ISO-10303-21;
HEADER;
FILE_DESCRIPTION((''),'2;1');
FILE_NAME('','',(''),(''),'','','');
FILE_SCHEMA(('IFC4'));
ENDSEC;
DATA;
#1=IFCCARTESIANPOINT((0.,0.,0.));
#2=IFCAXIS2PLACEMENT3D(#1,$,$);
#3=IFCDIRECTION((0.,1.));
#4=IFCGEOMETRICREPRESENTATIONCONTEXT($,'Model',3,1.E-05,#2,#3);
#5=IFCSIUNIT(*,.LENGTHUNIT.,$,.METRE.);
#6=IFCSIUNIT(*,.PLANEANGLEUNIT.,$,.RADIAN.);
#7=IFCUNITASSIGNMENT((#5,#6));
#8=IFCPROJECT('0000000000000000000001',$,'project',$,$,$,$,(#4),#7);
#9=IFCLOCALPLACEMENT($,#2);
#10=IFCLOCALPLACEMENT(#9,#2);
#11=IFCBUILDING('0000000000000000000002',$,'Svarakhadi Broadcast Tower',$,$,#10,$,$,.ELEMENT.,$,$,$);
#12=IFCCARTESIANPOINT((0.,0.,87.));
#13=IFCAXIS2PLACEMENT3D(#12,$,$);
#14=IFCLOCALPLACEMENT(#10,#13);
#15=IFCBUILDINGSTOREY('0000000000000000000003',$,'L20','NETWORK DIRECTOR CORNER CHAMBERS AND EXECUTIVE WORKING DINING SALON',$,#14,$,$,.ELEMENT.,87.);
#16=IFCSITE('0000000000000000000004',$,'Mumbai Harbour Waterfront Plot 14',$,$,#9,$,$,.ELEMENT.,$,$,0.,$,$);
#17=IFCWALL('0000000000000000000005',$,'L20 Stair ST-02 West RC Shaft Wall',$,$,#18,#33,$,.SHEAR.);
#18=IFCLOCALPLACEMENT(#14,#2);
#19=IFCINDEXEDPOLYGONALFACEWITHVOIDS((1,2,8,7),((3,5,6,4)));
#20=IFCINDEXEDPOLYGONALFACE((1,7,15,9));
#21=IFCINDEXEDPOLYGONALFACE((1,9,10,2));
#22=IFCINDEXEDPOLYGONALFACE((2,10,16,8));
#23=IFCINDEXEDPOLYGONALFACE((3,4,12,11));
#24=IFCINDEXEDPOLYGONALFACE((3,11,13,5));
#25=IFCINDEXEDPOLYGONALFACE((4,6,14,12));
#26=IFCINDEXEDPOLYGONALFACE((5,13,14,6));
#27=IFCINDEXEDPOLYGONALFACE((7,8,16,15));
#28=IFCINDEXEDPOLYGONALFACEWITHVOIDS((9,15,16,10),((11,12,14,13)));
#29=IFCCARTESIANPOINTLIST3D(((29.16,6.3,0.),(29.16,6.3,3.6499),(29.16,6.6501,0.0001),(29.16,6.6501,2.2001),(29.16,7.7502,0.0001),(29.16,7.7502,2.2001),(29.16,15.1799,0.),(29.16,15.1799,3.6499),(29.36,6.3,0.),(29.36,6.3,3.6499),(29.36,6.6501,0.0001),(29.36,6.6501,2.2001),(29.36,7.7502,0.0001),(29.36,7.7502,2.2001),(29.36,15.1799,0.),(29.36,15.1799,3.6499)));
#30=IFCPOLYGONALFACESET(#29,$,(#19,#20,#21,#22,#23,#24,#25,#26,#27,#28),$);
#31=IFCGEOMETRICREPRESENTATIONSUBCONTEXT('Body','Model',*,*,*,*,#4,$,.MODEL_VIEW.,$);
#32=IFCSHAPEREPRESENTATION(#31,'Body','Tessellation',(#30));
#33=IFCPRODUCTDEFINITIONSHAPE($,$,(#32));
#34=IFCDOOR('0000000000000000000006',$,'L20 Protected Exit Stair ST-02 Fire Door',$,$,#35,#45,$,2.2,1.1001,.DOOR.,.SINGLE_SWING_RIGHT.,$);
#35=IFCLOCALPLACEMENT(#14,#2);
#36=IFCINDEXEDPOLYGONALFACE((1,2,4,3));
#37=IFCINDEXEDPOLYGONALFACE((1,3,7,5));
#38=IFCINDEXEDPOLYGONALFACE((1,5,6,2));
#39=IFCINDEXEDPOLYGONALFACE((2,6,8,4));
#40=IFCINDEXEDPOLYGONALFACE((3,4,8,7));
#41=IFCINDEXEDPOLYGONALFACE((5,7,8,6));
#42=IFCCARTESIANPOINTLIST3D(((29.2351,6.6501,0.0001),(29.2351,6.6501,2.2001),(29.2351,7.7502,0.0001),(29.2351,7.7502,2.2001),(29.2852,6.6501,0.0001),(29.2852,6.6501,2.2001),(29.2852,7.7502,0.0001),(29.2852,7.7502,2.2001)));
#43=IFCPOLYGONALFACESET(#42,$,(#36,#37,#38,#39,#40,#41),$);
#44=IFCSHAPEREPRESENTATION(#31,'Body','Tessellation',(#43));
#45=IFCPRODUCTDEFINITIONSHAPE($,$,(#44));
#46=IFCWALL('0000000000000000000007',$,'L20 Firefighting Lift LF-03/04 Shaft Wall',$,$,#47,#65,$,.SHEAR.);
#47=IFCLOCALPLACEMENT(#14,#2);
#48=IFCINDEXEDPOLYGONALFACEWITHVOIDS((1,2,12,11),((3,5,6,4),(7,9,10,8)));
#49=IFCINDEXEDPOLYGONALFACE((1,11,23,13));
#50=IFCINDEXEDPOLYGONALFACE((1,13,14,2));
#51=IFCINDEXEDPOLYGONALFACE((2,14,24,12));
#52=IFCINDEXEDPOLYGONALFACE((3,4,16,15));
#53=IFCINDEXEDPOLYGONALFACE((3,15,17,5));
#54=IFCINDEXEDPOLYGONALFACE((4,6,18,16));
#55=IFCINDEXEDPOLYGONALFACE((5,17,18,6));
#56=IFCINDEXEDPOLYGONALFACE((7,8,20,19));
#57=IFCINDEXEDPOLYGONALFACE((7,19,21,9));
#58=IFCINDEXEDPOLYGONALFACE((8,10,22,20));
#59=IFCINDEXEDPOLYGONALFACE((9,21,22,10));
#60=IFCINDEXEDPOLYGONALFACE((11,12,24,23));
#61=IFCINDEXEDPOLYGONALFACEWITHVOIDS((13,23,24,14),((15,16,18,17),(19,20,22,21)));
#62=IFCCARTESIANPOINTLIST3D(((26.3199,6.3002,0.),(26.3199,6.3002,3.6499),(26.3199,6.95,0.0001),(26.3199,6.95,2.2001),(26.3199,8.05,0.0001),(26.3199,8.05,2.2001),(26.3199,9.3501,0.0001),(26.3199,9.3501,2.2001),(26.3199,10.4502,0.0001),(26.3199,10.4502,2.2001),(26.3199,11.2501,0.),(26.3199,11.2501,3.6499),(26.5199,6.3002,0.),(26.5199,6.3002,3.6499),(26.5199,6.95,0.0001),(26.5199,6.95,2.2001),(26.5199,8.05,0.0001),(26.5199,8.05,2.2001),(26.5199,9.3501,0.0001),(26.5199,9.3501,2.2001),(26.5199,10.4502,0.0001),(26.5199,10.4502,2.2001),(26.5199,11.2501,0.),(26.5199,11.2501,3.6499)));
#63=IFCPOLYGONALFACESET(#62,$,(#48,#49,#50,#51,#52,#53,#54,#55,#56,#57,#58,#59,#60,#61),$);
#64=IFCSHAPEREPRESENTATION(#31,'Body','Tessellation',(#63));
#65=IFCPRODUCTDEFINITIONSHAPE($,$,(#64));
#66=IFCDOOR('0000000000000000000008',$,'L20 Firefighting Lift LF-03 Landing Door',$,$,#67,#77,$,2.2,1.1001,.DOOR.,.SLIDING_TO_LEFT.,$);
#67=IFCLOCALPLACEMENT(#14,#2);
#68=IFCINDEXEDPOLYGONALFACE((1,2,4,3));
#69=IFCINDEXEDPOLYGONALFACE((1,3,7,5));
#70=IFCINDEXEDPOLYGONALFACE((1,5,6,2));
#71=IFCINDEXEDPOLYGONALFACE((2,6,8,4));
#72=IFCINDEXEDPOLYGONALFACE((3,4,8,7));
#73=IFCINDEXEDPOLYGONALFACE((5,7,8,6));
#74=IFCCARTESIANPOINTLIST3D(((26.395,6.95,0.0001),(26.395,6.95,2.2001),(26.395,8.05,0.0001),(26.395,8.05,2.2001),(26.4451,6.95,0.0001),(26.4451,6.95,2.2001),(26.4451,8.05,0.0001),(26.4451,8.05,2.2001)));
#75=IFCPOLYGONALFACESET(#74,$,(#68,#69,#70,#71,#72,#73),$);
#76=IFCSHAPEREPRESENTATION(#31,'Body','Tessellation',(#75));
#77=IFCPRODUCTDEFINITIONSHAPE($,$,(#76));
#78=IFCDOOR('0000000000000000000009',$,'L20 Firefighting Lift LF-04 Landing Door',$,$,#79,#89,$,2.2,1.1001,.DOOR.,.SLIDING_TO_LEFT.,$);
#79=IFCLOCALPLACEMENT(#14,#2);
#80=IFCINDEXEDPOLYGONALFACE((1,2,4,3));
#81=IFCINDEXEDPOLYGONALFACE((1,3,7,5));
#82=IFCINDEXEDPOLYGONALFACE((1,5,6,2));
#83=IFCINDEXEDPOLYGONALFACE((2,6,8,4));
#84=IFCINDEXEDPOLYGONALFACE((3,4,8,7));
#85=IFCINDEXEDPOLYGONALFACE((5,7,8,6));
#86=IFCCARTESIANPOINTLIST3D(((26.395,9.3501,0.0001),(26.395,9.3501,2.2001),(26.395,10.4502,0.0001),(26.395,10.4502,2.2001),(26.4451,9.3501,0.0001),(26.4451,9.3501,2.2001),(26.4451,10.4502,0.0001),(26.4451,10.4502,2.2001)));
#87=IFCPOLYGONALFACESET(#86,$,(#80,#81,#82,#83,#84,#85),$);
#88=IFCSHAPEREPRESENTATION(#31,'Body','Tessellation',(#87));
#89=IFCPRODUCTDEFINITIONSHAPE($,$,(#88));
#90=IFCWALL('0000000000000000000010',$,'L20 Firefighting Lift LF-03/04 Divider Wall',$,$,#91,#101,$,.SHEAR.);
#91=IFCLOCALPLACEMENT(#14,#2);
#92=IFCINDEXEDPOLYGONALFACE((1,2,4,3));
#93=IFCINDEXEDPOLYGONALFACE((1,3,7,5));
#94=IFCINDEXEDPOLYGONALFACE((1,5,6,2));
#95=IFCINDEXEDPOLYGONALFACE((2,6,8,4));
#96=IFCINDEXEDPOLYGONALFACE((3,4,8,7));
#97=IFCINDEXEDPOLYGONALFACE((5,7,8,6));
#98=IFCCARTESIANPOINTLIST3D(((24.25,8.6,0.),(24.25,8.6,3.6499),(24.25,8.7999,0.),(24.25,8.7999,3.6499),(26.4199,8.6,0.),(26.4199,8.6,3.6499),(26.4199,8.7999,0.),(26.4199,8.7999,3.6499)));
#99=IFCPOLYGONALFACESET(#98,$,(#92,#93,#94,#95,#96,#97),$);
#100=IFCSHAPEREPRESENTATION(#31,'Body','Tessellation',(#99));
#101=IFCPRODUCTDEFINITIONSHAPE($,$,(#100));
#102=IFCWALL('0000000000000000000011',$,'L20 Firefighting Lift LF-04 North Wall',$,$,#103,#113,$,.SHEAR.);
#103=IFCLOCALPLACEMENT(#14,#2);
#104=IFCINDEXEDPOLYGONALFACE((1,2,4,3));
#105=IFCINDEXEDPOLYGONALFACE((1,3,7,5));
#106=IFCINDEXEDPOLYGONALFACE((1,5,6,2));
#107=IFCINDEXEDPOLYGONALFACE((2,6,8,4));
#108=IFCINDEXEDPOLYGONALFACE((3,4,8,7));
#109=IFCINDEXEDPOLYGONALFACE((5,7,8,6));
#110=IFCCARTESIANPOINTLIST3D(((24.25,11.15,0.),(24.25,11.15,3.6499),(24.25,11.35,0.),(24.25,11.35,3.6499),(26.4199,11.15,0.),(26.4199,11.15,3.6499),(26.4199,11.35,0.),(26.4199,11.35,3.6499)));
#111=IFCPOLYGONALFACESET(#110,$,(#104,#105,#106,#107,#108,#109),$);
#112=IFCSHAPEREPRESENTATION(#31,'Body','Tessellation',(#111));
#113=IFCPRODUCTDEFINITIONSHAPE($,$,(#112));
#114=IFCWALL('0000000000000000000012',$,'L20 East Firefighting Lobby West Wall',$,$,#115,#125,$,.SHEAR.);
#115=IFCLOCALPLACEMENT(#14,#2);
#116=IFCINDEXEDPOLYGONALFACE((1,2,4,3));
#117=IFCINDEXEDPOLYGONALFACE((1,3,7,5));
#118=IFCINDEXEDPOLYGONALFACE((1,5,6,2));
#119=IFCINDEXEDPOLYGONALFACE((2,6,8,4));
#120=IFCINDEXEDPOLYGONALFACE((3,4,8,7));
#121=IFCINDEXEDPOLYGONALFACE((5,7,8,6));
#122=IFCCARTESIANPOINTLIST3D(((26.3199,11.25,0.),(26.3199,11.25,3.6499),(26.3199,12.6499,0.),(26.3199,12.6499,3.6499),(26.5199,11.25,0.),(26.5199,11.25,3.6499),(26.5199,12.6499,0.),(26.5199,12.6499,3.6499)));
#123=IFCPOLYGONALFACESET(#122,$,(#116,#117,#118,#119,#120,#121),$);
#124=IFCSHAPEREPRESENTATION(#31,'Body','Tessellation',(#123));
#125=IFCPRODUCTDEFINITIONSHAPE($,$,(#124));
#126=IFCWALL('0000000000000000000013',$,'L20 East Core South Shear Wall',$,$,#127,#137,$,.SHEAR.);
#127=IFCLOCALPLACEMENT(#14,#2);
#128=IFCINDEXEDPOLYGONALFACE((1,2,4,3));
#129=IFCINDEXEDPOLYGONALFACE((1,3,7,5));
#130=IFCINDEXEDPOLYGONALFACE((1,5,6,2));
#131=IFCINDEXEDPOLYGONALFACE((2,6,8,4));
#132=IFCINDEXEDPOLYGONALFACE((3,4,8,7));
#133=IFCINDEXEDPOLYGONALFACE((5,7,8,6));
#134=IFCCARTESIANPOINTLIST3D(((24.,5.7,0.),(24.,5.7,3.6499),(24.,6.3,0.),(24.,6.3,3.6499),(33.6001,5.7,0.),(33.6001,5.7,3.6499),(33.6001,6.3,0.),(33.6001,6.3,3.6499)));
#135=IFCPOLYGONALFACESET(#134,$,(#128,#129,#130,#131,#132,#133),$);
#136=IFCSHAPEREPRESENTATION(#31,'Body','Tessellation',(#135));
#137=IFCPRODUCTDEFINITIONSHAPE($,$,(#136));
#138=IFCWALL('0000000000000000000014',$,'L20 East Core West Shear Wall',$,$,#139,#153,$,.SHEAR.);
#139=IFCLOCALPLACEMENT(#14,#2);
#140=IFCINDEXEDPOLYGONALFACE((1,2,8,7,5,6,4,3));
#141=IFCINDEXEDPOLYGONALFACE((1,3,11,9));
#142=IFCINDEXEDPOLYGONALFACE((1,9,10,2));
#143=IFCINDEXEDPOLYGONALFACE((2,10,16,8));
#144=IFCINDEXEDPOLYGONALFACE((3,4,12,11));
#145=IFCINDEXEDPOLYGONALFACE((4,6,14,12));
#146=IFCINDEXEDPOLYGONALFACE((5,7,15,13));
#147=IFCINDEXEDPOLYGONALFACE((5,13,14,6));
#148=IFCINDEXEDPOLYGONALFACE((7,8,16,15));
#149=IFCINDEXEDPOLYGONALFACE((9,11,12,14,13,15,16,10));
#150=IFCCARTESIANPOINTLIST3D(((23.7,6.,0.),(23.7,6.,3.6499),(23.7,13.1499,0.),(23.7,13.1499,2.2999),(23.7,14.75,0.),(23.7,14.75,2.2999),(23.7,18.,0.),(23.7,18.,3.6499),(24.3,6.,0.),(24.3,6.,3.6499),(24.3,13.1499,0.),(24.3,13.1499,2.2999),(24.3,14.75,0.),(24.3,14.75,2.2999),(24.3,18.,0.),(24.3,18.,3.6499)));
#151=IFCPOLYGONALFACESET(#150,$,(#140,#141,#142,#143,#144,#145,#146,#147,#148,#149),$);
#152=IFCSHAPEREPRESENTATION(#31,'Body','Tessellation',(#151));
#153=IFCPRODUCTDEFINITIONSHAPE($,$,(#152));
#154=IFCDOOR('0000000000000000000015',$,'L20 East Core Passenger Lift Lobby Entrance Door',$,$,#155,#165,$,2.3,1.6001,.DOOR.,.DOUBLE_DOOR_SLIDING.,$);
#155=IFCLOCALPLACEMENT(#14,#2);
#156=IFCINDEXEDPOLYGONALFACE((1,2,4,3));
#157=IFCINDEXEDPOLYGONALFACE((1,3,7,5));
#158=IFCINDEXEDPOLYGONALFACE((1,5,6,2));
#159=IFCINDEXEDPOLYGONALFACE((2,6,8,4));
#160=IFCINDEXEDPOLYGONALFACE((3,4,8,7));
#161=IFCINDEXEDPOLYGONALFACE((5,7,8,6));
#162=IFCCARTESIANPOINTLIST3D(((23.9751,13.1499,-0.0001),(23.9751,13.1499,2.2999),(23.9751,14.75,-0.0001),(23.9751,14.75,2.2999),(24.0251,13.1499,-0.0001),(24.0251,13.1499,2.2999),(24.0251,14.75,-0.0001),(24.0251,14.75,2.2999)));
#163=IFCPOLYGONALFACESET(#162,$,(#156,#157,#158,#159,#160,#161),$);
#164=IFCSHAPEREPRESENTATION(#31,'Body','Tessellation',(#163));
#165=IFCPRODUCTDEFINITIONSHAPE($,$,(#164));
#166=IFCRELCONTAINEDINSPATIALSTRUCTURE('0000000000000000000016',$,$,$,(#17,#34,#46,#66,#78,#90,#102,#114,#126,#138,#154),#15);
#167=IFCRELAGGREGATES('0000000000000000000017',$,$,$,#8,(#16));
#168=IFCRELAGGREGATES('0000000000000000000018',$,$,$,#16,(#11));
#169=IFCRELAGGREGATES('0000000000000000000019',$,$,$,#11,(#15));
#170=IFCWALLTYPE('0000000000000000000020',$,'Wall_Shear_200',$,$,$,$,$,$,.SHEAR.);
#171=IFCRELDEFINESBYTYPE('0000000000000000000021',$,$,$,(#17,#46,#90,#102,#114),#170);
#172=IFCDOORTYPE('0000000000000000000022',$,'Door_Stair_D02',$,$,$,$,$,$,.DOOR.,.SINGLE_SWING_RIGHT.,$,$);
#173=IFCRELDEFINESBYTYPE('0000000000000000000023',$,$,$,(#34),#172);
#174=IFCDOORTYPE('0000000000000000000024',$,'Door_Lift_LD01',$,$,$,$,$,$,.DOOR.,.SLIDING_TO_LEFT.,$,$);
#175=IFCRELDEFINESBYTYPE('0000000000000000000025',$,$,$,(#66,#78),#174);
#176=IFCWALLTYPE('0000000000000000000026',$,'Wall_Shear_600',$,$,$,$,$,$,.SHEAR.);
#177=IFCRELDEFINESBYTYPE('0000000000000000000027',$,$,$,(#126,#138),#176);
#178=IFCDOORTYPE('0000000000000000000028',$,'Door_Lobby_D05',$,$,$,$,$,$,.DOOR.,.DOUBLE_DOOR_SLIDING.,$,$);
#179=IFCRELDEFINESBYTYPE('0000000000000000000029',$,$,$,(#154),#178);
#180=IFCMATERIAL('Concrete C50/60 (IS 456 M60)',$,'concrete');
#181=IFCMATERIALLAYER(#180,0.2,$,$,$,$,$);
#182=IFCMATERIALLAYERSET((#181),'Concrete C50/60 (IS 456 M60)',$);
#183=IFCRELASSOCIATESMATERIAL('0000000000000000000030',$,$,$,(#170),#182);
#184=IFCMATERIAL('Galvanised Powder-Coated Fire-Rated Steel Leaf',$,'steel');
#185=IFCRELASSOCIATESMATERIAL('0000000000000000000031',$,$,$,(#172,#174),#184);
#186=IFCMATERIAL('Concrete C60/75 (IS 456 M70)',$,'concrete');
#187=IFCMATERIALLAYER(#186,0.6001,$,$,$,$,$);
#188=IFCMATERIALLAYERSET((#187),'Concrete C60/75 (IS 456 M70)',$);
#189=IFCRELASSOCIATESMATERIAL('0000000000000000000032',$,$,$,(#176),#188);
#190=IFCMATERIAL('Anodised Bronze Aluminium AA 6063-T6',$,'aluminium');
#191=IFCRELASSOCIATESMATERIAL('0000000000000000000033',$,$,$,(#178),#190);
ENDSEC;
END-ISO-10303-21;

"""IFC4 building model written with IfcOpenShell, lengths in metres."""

from ifc_helpers import new_model, si_unit, direction, frame, frame_2d, origin, place, context, subcontext, project, spatial, rectangle, extrude, material, layer, layer_set, type_object, element, fill, save


model = new_model("IFC4")

# Units and contexts
model_context = context("Model", 3, precision=1e-05, world=origin(), true_north=direction((0.0, 1.0)))
body_context = subcontext(model_context, "Body", "Model", "MODEL_VIEW")
ifc_project = project(units=[si_unit("LENGTHUNIT", "METRE"), si_unit("PLANEANGLEUNIT", "RADIAN")], contexts=[model_context])

# Site, building, storey
site_placement = place(None, origin())
site = spatial("IfcSite", under=ifc_project, at=site_placement, Name="Mumbai Harbour Waterfront Plot 14", CompositionType="ELEMENT", RefElevation=0.0)
building_placement = place(site_placement, origin())
building = spatial("IfcBuilding", under=site, at=building_placement, Name="Svarakhadi Broadcast Tower", CompositionType="ELEMENT")
storey_placement = place(building_placement, frame((0.0, 0.0, 87.0)))
storey = spatial("IfcBuildingStorey", under=building, at=storey_placement, Name="L20", Description="NETWORK DIRECTOR CORNER CHAMBERS AND EXECUTIVE WORKING DINING SALON", CompositionType="ELEMENT", Elevation=87.0)

# Shared definitions
ifc_material_1 = material(Name="Concrete C60/75 (IS 456 M70)", Category="concrete")

# Wall, opening, door
ifc_material_2 = material(Name="Concrete C50/60 (IS 456 M60)", Category="concrete")
ifc_layer_1 = layer(ifc_material_2, 0.2)
ifc_layer_set_1 = layer_set([ifc_layer_1], Name="Concrete C50/60 (IS 456 M60)")
wall_type_1 = type_object("IfcWallType", Name="Wall_Shear_200", PredefinedType="SHEAR", material=ifc_layer_set_1)
wall_1_placement = place(storey_placement, frame((29.26, 6.3, 0.0), z_axis=(0.0, 0.0, 1.0), x_axis=(0.0, 1.0, 0.0)))
wall_1 = element("IfcWall", 1, at=wall_1_placement, inside=storey, type_object=wall_type_1, Name="L20 Stair ST-02 West RC Shaft Wall", PredefinedType="SHEAR", context=body_context, shape_type="SweptSolid", body=[
    extrude(rectangle(XDim=8.8799, YDim=0.2, at=frame_2d((4.4399, 0.0))), origin(), (0.0, 0.0, 1.0), 3.6499),
])
opening_1_placement = place(wall_1_placement, frame((0.3501, 0.0, 0.0)))
opening_1 = element("IfcOpeningElement", 2, at=opening_1_placement, cuts=wall_1, PredefinedType="OPENING", context=body_context, shape_type="SweptSolid", body=[
    extrude(rectangle(XDim=1.1001, YDim=2.2, at=frame_2d((0.55, 1.1001))), frame((0.0, 0.1099, 0.0), z_axis=(0.0, -1.0, 0.0), x_axis=(1.0, 0.0, 0.0)), (0.0, 0.0, 1.0), 0.22),
])
ifc_material_3 = material(Name="Galvanised Powder-Coated Fire-Rated Steel Leaf", Category="steel")
door_type_1 = type_object("IfcDoorType", Name="Door_Stair_D02", OperationType="SINGLE_SWING_RIGHT", PredefinedType="DOOR", material=ifc_material_3)
door_1_placement = place(opening_1_placement, origin())
door_1 = element("IfcDoor", 3, at=door_1_placement, inside=storey, type_object=door_type_1, Name="L20 Protected Exit Stair ST-02 Fire Door", OperationType="SINGLE_SWING_RIGHT", OverallHeight=2.2, OverallWidth=1.1001, PredefinedType="DOOR", context=body_context, shape_type="SweptSolid", body=[
    extrude(rectangle(XDim=1.1001, YDim=2.2, at=frame_2d((0.55, 1.1001))), frame((0.0, 0.0249, 0.0), z_axis=(0.0, -1.0, 0.0), x_axis=(1.0, 0.0, 0.0)), (0.0, 0.0, 1.0), 0.05),
])
fill(opening_1, door_1)

# Wall, openings, doors
wall_2_placement = place(storey_placement, frame((26.4199, 6.3, 0.0), z_axis=(0.0, 0.0, 1.0), x_axis=(0.0, 1.0, 0.0)))
wall_2 = element("IfcWall", 4, at=wall_2_placement, inside=storey, type_object=wall_type_1, Name="L20 Firefighting Lift LF-03/04 Shaft Wall", PredefinedType="SHEAR", context=body_context, shape_type="SweptSolid", body=[
    extrude(rectangle(XDim=4.95, YDim=0.2, at=frame_2d((2.4751, 0.0))), origin(), (0.0, 0.0, 1.0), 3.6499),
])
opening_2_placement = place(wall_2_placement, frame((0.6499, 0.0, 0.0)))
opening_2 = element("IfcOpeningElement", 5, at=opening_2_placement, cuts=wall_2, PredefinedType="OPENING", context=body_context, shape_type="SweptSolid", body=[
    extrude(rectangle(XDim=1.1001, YDim=2.2, at=frame_2d((0.55, 1.1001))), frame((0.0, 0.1099, 0.0), z_axis=(0.0, -1.0, 0.0), x_axis=(1.0, 0.0, 0.0)), (0.0, 0.0, 1.0), 0.22),
])
opening_3_placement = place(wall_2_placement, frame((3.05, 0.0, 0.0)))
opening_3 = element("IfcOpeningElement", 6, at=opening_3_placement, cuts=wall_2, PredefinedType="OPENING", context=body_context, shape_type="SweptSolid", body=[
    extrude(rectangle(XDim=1.1001, YDim=2.2, at=frame_2d((0.55, 1.1001))), frame((0.0, 0.1099, 0.0), z_axis=(0.0, -1.0, 0.0), x_axis=(1.0, 0.0, 0.0)), (0.0, 0.0, 1.0), 0.22),
])
door_type_2 = type_object("IfcDoorType", Name="Door_Lift_LD01", OperationType="SLIDING_TO_LEFT", PredefinedType="DOOR", material=ifc_material_3)
door_2_placement = place(opening_2_placement, origin())
door_2 = element("IfcDoor", 7, at=door_2_placement, inside=storey, type_object=door_type_2, Name="L20 Firefighting Lift LF-03 Landing Door", OperationType="SLIDING_TO_LEFT", OverallHeight=2.2, OverallWidth=1.1001, PredefinedType="DOOR", context=body_context, shape_type="SweptSolid", body=[
    extrude(rectangle(XDim=1.1001, YDim=2.2, at=frame_2d((0.55, 1.1001))), frame((0.0, 0.0249, 0.0), z_axis=(0.0, -1.0, 0.0), x_axis=(1.0, 0.0, 0.0)), (0.0, 0.0, 1.0), 0.05),
])
fill(opening_2, door_2)
door_3_placement = place(opening_3_placement, origin())
door_3 = element("IfcDoor", 8, at=door_3_placement, inside=storey, type_object=door_type_2, Name="L20 Firefighting Lift LF-04 Landing Door", OperationType="SLIDING_TO_LEFT", OverallHeight=2.2, OverallWidth=1.1001, PredefinedType="DOOR", context=body_context, shape_type="SweptSolid", body=[
    extrude(rectangle(XDim=1.1001, YDim=2.2, at=frame_2d((0.55, 1.1001))), frame((0.0, 0.0249, 0.0), z_axis=(0.0, -1.0, 0.0), x_axis=(1.0, 0.0, 0.0)), (0.0, 0.0, 1.0), 0.05),
])
fill(opening_3, door_3)

# Walls
for number, where, z_axis, x_axis, name in (
    (9, (24.25, 8.7, 0.0), (0.0, 0.0, 1.0), (1.0, 0.0, 0.0), "L20 Firefighting Lift LF-03/04 Divider Wall"),
    (10, (24.25, 11.25, 0.0), (0.0, 0.0, 1.0), (1.0, 0.0, 0.0), "L20 Firefighting Lift LF-04 North Wall"),
):
    element("IfcWall", number, at=place(storey_placement, frame(where, z_axis=z_axis, x_axis=x_axis)), inside=storey, type_object=wall_type_1, Name=name, PredefinedType="SHEAR", context=body_context, shape_type="SweptSolid", body=[
        extrude(rectangle(XDim=2.1699, YDim=0.2, at=frame_2d((1.085, 0.0))), origin(), (0.0, 0.0, 1.0), 3.6499),
    ])
wall_3_placement = place(storey_placement, frame((26.4199, 11.25, 0.0), z_axis=(0.0, 0.0, 1.0), x_axis=(0.0, 1.0, 0.0)))
element("IfcWall", 11, at=wall_3_placement, inside=storey, type_object=wall_type_1, Name="L20 East Firefighting Lobby West Wall", PredefinedType="SHEAR", context=body_context, shape_type="SweptSolid", body=[
    extrude(rectangle(XDim=1.3999, YDim=0.2, at=frame_2d((0.7, 0.0))), origin(), (0.0, 0.0, 1.0), 3.6499),
])
ifc_layer_2 = layer(ifc_material_1, 0.6001)
ifc_layer_set_2 = layer_set([ifc_layer_2], Name="Concrete C60/75 (IS 456 M70)")
wall_type_2 = type_object("IfcWallType", Name="Wall_Shear_600", PredefinedType="SHEAR", material=ifc_layer_set_2)
wall_4_placement = place(storey_placement, frame((24.0, 6.0, 0.0), z_axis=(0.0, 0.0, 1.0), x_axis=(1.0, 0.0, 0.0)))
element("IfcWall", 12, at=wall_4_placement, inside=storey, type_object=wall_type_2, Name="L20 East Core South Shear Wall", PredefinedType="SHEAR", context=body_context, shape_type="SweptSolid", body=[
    extrude(rectangle(XDim=9.6001, YDim=0.6001, at=frame_2d((4.8, 0.0))), origin(), (0.0, 0.0, 1.0), 3.6499),
])

# Wall, opening, door
wall_5_placement = place(storey_placement, frame((24.0, 6.0, 0.0), z_axis=(0.0, 0.0, 1.0), x_axis=(0.0, 1.0, 0.0)))
wall_5 = element("IfcWall", 13, at=wall_5_placement, inside=storey, type_object=wall_type_2, Name="L20 East Core West Shear Wall", PredefinedType="SHEAR", context=body_context, shape_type="SweptSolid", body=[
    extrude(rectangle(XDim=12.0, YDim=0.6001, at=frame_2d((6.0, 0.0))), origin(), (0.0, 0.0, 1.0), 3.6499),
])
opening_4_placement = place(wall_5_placement, frame((7.1499, 0.0, 0.0)))
opening_4 = element("IfcOpeningElement", 14, at=opening_4_placement, cuts=wall_5, PredefinedType="OPENING", context=body_context, shape_type="SweptSolid", body=[
    extrude(rectangle(XDim=1.6001, YDim=2.3, at=frame_2d((0.8, 1.1499))), frame((0.0, 0.3101, 0.0), z_axis=(0.0, -1.0, 0.0), x_axis=(1.0, 0.0, 0.0)), (0.0, 0.0, 1.0), 0.6201),
])
ifc_material_4 = material(Name="Anodised Bronze Aluminium AA 6063-T6", Category="aluminium")
door_type_3 = type_object("IfcDoorType", Name="Door_Lobby_D05", OperationType="DOUBLE_DOOR_SLIDING", PredefinedType="DOOR", material=ifc_material_4)
door_4_placement = place(opening_4_placement, origin())
door_4 = element("IfcDoor", 15, at=door_4_placement, inside=storey, type_object=door_type_3, Name="L20 East Core Passenger Lift Lobby Entrance Door", OperationType="DOUBLE_DOOR_SLIDING", OverallHeight=2.3, OverallWidth=1.6001, PredefinedType="DOOR", context=body_context, shape_type="SweptSolid", body=[
    extrude(rectangle(XDim=1.6001, YDim=2.3, at=frame_2d((0.8, 1.1499))), frame((0.0, 0.0249, 0.0), z_axis=(0.0, -1.0, 0.0), x_axis=(1.0, 0.0, 0.0)), (0.0, 0.0, 1.0), 0.05),
])
fill(opening_4, door_4)

save(model, "model.ifc")
